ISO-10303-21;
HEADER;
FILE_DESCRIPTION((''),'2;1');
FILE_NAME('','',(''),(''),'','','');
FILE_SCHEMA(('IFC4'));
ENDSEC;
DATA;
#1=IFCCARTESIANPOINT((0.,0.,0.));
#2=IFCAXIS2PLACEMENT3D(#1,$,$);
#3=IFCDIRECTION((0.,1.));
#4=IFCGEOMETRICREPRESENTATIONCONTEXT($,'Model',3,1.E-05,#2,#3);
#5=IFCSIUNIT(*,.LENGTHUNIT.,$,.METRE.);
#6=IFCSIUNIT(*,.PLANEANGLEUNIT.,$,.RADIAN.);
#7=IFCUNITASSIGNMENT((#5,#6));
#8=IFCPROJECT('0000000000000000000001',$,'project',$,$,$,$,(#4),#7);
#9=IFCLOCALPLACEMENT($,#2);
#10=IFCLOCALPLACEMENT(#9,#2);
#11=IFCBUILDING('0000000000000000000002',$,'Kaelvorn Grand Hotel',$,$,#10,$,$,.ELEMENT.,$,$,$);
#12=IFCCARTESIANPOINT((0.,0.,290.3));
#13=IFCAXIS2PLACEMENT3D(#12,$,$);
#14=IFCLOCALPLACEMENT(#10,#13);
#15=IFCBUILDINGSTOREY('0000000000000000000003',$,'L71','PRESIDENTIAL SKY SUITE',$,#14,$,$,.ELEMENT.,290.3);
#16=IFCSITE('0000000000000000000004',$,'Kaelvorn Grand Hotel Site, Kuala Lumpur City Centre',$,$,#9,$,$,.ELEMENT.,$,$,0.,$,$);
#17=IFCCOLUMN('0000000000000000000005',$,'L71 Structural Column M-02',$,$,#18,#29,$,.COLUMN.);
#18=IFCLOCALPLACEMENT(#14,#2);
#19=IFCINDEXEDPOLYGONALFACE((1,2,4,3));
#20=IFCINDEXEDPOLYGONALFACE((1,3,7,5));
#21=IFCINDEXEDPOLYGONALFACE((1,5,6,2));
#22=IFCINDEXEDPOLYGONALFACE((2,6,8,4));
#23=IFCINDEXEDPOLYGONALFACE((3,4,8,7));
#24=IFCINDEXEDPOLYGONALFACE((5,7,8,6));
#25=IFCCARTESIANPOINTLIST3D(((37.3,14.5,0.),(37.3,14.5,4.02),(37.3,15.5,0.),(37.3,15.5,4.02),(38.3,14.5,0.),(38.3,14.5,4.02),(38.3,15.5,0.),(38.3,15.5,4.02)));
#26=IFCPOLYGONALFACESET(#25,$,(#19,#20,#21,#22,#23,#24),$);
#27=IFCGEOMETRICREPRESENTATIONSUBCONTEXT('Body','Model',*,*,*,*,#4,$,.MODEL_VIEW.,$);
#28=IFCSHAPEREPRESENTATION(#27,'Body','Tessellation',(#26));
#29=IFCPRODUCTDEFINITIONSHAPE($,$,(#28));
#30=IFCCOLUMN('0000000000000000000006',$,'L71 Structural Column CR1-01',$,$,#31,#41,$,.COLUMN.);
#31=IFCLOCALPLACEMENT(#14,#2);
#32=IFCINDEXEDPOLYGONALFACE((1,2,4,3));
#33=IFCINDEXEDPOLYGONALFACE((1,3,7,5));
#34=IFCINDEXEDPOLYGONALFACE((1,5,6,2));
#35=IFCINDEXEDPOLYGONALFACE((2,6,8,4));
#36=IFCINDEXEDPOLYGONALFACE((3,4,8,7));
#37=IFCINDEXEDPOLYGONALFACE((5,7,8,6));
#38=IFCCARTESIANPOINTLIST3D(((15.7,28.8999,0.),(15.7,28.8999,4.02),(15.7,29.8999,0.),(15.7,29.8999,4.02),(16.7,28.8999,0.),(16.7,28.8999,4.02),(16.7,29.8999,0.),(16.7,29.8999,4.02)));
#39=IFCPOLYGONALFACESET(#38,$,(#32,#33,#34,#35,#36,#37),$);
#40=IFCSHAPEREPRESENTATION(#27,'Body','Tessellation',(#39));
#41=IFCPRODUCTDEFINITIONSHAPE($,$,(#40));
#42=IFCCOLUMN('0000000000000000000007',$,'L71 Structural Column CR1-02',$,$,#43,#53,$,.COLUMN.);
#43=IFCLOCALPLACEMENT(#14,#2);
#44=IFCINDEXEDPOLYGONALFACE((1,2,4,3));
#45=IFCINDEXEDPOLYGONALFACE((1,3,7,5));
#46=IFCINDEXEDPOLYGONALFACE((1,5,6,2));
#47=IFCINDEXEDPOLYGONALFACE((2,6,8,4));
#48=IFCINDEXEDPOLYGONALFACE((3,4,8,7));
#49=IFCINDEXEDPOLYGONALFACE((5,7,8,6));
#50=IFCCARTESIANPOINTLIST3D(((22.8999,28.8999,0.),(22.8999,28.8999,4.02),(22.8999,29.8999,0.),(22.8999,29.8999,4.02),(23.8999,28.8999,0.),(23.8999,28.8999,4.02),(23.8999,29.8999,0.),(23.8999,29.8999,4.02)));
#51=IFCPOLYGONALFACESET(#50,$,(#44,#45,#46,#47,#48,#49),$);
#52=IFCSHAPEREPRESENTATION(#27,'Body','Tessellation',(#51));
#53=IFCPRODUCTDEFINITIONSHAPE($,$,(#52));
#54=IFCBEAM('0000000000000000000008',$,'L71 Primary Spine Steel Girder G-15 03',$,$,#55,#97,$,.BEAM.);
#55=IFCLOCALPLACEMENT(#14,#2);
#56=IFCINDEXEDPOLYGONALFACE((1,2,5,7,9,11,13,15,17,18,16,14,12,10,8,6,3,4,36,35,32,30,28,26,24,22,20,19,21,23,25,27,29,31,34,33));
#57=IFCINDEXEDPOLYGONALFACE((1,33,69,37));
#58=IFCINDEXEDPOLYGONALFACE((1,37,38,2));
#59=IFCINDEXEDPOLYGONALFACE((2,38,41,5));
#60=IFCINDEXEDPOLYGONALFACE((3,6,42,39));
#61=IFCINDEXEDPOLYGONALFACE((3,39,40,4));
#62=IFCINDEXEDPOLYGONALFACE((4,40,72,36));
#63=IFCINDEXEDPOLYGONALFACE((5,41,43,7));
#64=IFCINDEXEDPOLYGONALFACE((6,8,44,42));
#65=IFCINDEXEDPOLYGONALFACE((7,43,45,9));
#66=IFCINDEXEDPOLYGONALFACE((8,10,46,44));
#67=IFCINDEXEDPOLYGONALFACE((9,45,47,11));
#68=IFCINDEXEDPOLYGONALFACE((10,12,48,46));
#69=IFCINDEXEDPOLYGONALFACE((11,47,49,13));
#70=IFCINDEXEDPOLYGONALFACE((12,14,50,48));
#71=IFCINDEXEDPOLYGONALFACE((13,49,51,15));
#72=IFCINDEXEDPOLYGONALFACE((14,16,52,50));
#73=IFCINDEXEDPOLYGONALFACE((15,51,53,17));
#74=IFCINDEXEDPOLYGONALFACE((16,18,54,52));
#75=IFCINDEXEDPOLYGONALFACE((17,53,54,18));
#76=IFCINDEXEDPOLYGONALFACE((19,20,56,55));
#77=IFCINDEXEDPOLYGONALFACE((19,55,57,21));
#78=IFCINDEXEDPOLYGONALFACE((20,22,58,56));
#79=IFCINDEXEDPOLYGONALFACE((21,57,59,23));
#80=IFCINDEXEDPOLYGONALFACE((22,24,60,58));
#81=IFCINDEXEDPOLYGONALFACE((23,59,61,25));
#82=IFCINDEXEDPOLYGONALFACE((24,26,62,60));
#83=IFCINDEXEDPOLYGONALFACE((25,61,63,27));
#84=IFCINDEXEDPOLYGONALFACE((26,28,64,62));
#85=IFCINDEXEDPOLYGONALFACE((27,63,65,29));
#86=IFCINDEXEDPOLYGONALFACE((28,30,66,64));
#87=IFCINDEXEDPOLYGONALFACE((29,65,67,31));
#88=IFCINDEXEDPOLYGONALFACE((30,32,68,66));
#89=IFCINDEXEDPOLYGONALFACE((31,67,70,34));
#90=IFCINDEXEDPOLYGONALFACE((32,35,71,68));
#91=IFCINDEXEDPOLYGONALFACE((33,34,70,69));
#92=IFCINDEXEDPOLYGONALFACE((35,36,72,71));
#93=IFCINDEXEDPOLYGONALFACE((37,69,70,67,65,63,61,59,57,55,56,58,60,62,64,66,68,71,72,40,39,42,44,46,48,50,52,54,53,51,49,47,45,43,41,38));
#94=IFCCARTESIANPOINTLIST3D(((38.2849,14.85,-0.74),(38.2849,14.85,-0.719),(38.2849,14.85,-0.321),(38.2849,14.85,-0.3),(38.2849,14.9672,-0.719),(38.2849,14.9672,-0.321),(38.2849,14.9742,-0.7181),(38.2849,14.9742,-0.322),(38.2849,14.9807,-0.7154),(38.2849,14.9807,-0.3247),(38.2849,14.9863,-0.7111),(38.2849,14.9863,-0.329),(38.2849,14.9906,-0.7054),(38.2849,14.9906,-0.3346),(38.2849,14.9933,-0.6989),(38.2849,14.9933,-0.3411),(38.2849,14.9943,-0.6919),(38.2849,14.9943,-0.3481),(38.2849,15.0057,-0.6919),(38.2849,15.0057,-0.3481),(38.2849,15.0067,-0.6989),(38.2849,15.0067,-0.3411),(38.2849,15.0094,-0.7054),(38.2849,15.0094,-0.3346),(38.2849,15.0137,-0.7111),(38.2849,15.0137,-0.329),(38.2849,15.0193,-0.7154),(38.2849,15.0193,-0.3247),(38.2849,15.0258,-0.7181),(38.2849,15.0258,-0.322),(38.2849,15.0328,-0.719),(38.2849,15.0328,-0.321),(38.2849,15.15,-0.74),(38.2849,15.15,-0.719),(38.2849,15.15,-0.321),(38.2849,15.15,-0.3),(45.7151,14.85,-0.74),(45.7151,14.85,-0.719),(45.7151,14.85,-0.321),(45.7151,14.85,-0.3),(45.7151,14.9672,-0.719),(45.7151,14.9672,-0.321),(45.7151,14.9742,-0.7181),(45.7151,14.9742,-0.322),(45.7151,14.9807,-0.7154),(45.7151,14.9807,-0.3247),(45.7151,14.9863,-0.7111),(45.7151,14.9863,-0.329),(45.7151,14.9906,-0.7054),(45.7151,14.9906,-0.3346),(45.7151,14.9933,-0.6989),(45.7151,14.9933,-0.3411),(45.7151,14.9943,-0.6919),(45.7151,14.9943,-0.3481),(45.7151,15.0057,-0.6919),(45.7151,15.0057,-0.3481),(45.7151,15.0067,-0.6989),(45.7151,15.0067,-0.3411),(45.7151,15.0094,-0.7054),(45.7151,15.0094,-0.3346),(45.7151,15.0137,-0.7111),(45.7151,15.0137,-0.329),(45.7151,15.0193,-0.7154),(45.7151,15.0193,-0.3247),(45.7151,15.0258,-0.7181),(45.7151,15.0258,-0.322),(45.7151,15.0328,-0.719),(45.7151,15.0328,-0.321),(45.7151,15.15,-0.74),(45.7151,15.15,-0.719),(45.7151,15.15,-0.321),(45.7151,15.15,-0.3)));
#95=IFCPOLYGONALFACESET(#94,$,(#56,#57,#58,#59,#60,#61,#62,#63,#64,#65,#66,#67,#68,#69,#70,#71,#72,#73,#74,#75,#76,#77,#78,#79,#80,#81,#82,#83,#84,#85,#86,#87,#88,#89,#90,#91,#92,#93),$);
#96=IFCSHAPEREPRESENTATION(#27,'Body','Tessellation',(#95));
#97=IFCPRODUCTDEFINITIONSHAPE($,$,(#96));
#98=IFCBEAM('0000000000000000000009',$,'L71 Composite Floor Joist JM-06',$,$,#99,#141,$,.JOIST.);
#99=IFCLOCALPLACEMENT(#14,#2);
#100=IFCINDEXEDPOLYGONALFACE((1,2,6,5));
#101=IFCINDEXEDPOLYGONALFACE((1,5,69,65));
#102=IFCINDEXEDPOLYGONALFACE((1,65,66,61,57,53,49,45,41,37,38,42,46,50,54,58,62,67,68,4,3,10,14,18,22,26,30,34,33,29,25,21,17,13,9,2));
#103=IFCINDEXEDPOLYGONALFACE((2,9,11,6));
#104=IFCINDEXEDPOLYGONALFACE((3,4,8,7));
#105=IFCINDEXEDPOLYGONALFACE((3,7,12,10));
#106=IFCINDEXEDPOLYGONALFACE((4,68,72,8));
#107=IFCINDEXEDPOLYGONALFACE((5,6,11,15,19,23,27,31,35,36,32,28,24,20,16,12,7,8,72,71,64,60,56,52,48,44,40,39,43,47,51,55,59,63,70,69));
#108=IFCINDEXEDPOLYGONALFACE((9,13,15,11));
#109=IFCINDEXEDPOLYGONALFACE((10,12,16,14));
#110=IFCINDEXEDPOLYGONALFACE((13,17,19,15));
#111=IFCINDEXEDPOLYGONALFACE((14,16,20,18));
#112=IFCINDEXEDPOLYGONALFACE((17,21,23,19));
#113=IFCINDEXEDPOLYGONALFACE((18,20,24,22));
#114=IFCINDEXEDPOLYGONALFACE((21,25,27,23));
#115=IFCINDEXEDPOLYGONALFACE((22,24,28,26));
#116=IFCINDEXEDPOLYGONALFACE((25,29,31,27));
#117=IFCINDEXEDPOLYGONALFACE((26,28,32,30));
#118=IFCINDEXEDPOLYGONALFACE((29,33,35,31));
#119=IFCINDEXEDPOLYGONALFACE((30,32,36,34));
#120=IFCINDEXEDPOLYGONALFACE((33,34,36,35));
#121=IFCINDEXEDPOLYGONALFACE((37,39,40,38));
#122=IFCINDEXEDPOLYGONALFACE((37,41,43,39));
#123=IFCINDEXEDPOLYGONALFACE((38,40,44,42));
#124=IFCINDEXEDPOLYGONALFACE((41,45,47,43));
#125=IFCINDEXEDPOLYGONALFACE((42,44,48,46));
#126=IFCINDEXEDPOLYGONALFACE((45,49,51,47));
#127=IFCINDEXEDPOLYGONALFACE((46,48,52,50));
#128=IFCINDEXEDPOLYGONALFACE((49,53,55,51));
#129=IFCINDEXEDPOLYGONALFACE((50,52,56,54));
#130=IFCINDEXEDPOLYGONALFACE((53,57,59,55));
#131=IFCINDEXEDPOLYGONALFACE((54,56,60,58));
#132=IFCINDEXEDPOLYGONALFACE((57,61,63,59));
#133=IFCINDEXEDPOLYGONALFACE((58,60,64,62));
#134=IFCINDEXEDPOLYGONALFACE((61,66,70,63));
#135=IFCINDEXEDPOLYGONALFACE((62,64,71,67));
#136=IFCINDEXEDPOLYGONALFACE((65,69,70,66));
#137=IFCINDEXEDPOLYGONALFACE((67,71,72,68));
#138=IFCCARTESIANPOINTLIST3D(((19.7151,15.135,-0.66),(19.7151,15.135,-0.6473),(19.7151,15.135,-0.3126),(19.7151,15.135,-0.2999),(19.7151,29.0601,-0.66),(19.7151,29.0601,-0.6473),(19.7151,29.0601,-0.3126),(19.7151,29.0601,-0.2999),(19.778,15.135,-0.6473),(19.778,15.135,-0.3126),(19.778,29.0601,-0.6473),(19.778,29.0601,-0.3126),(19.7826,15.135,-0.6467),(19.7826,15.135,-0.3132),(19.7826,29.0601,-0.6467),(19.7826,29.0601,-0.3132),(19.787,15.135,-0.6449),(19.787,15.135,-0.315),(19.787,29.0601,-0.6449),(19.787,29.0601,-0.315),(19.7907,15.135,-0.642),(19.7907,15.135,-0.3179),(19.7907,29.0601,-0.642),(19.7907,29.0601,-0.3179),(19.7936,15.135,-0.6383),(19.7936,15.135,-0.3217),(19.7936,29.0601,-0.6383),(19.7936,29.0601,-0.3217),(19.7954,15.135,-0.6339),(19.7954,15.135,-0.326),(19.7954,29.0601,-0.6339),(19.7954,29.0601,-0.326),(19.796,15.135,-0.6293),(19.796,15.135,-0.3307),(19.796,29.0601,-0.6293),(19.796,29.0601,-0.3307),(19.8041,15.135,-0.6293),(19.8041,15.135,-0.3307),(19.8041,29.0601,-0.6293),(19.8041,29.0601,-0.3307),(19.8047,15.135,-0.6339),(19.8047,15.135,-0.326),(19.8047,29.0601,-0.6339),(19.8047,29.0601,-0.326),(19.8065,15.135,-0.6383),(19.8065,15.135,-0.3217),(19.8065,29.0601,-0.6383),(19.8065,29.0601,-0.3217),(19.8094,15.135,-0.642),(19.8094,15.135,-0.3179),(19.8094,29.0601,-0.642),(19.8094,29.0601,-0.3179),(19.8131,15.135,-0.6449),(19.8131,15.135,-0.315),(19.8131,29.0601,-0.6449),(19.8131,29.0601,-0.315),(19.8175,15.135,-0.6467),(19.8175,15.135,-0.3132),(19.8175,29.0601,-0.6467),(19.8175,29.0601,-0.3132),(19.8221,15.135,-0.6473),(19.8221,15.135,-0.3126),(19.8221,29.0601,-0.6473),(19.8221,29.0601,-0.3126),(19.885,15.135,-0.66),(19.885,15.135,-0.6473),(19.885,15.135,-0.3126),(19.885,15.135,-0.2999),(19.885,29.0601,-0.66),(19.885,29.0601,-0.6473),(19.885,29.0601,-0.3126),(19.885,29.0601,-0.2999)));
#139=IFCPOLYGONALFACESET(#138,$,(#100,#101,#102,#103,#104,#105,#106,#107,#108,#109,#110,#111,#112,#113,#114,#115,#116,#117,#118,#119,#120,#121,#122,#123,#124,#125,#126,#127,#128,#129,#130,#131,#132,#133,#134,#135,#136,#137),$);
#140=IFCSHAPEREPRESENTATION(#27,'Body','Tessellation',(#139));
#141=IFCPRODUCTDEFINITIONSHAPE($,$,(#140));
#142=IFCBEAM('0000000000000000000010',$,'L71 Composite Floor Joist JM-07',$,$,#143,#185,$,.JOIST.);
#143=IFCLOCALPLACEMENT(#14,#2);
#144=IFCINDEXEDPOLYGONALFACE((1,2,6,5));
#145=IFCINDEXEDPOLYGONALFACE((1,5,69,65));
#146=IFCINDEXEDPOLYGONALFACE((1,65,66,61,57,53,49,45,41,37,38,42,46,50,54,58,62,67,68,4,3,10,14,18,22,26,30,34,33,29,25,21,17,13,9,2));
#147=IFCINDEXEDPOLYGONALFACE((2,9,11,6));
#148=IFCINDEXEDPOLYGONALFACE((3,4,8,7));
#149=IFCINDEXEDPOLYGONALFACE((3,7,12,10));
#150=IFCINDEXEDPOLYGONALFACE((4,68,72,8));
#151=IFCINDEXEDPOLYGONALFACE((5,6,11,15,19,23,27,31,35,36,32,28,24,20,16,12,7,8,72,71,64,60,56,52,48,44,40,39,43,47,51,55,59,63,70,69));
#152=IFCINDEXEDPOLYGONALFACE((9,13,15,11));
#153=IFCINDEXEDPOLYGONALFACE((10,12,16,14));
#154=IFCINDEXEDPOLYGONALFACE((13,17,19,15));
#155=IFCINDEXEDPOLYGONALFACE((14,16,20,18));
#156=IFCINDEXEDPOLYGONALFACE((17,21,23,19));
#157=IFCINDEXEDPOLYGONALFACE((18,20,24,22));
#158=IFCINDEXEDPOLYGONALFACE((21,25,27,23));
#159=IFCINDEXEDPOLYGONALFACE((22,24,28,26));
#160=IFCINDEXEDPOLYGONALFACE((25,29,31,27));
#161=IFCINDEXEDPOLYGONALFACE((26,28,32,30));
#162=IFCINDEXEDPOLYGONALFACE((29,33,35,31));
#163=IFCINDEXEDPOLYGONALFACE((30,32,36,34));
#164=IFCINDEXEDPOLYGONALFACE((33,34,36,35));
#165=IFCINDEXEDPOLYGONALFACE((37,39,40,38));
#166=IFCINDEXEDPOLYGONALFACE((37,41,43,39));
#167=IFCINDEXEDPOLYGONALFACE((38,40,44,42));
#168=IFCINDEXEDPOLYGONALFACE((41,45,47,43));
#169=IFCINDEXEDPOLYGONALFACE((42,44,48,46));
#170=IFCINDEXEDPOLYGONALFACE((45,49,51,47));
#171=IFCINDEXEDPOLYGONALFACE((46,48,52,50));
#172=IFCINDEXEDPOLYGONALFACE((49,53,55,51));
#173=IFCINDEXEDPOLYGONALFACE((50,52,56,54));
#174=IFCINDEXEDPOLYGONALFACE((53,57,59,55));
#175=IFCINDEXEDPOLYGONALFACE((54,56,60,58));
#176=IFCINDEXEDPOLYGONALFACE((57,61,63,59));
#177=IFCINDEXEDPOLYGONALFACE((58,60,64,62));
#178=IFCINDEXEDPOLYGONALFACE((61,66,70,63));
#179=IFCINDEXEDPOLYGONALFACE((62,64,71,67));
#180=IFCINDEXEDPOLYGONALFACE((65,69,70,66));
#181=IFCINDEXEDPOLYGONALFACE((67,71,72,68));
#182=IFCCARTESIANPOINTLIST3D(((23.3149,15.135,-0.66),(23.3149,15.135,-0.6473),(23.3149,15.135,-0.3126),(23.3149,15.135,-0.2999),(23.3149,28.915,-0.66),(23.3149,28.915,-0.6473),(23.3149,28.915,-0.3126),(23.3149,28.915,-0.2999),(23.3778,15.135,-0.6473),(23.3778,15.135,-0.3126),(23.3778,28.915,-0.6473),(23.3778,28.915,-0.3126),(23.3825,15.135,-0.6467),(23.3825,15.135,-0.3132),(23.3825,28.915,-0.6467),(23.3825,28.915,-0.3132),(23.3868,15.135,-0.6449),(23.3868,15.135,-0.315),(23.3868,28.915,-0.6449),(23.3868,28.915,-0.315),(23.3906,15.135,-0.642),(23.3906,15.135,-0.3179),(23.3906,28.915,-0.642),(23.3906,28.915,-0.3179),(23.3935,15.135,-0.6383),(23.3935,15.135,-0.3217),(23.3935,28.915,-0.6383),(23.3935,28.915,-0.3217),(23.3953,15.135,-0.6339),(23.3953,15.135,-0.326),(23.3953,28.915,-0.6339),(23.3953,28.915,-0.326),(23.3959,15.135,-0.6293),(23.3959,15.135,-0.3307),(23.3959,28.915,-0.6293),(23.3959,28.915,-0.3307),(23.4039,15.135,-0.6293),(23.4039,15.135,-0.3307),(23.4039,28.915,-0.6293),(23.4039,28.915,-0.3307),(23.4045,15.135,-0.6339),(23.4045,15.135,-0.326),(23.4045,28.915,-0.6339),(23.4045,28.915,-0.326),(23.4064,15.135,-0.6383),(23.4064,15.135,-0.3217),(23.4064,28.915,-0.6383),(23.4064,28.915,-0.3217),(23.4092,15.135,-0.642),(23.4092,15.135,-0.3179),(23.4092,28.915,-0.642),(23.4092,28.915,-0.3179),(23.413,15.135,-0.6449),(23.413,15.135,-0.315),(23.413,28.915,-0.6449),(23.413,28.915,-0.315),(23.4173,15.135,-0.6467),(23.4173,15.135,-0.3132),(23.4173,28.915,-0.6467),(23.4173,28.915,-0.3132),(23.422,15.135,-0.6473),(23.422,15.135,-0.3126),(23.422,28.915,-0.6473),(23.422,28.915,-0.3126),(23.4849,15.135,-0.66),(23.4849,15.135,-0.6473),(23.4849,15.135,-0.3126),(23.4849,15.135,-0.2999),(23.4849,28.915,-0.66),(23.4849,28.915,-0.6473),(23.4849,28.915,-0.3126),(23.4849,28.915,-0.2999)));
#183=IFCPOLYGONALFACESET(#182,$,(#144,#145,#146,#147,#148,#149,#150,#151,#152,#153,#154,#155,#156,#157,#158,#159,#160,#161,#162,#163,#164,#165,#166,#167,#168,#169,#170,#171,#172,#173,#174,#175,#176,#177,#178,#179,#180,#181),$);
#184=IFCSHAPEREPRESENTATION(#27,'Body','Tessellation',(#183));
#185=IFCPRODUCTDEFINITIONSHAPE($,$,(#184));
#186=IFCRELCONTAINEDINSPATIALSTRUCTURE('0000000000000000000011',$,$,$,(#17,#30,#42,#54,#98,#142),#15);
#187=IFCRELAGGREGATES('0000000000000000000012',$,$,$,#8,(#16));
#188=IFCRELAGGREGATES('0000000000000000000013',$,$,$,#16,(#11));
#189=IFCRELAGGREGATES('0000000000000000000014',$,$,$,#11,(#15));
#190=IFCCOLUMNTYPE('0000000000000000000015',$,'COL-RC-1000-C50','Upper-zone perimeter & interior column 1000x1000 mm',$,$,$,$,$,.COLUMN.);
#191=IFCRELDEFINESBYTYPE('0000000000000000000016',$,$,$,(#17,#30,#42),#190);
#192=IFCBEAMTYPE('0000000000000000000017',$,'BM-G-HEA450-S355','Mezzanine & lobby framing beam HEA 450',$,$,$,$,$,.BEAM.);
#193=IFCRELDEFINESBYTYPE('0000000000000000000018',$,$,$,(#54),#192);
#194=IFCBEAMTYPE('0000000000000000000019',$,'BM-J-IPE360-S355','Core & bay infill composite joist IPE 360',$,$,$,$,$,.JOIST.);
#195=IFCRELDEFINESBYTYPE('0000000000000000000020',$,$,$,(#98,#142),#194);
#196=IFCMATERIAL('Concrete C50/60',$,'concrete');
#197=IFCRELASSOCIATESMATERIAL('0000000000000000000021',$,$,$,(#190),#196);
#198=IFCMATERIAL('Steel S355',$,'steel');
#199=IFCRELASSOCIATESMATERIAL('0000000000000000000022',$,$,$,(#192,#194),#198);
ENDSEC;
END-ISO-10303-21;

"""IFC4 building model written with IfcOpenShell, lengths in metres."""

from ifc_helpers import new_model, si_unit, direction, frame, origin, origin_2d, place, context, subcontext, project, spatial, rectangle, i_section, extrude, material, material_profile, profile_set, type_object, element, save


model = new_model("IFC4")

# Units and contexts
model_context = context("Model", 3, precision=1e-05, world=origin(), true_north=direction((0.0, 1.0)))
body_context = subcontext(model_context, "Body", "Model", "MODEL_VIEW")
ifc_project = project(units=[si_unit("LENGTHUNIT", "METRE"), si_unit("PLANEANGLEUNIT", "RADIAN")], contexts=[model_context])

# Site, building, storey
site_placement = place(None, origin())
site = spatial("IfcSite", under=ifc_project, at=site_placement, Name="Kaelvorn Grand Hotel Site, Kuala Lumpur City Centre", CompositionType="ELEMENT", RefElevation=0.0)
building_placement = place(site_placement, origin())
building = spatial("IfcBuilding", under=site, at=building_placement, Name="Kaelvorn Grand Hotel", CompositionType="ELEMENT")
storey_placement = place(building_placement, frame((0.0, 0.0, 290.3)))
storey = spatial("IfcBuildingStorey", under=building, at=storey_placement, Name="L71", Description="PRESIDENTIAL SKY SUITE", CompositionType="ELEMENT", Elevation=290.3)

# Columns
ifc_material_1 = material(Name="Concrete C50/60", Category="concrete")
ifc_material_profile_1 = material_profile(ifc_material_1, rectangle(XDim=1.0, YDim=1.0, at=origin_2d()), Name="RC COL 1000x1000")
ifc_profile_set_1 = profile_set([ifc_material_profile_1], Name="Concrete C50/60")
column_type = type_object("IfcColumnType", Name="COL-RC-1000-C50", Description="Upper-zone perimeter & interior column 1000x1000 mm", PredefinedType="COLUMN", material=ifc_profile_set_1)
for number, where, z_axis, x_axis, name in (
    (1, (37.8, 15.0, 0.0), (0.0, 0.0, 1.0), (1.0, 0.0, 0.0), "L71 Structural Column M-02"),
    (2, (16.2, 29.3999, 0.0), (0.0, 0.0, 1.0), (1.0, 0.0, 0.0), "L71 Structural Column CR1-01"),
    (3, (23.3999, 29.3999, 0.0), (0.0, 0.0, 1.0), (1.0, 0.0, 0.0), "L71 Structural Column CR1-02"),
):
    element("IfcColumn", number, at=place(storey_placement, frame(where, z_axis=z_axis, x_axis=x_axis)), inside=storey, type_object=column_type, Name=name, PredefinedType="COLUMN", context=body_context, shape_type="SweptSolid", body=[
        extrude(rectangle(XDim=1.0, YDim=1.0, at=origin_2d()), origin(), (0.0, 0.0, 1.0), 4.02),
    ])

# Beams
ifc_material_2 = material(Name="Steel S355", Category="steel")
ifc_material_profile_2 = material_profile(ifc_material_2, i_section(OverallWidth=0.3, OverallDepth=0.4399, WebThickness=0.0115, FlangeThickness=0.021, FilletRadius=0.0271, at=origin_2d()), Name="HEA 450")
ifc_profile_set_2 = profile_set([ifc_material_profile_2], Name="Steel S355")
beam_type_1 = type_object("IfcBeamType", Name="BM-G-HEA450-S355", Description="Mezzanine & lobby framing beam HEA 450", PredefinedType="BEAM", material=ifc_profile_set_2)
beam_1_placement = place(storey_placement, frame((38.2849, 15.0, -0.52), z_axis=(1.0, 0.0, 0.0), x_axis=(0.0, 1.0, 0.0)))
element("IfcBeam", 4, at=beam_1_placement, inside=storey, type_object=beam_type_1, Name="L71 Primary Spine Steel Girder G-15 03", PredefinedType="BEAM", context=body_context, shape_type="SweptSolid", body=[
    extrude(i_section(OverallWidth=0.3, OverallDepth=0.4399, WebThickness=0.0115, FlangeThickness=0.021, FilletRadius=0.0271, at=origin_2d()), origin(), (0.0, 0.0, 1.0), 7.4302),
])
ifc_material_profile_3 = material_profile(ifc_material_2, i_section(OverallWidth=0.1699, OverallDepth=0.3601, WebThickness=0.0081, FlangeThickness=0.0127, FilletRadius=0.0181, at=origin_2d()), Name="IPE 360")
ifc_profile_set_3 = profile_set([ifc_material_profile_3], Name="Steel S355")
beam_type_2 = type_object("IfcBeamType", Name="BM-J-IPE360-S355", Description="Core & bay infill composite joist IPE 360", PredefinedType="JOIST", material=ifc_profile_set_3)
beam_2_placement = place(storey_placement, frame((19.8, 15.135, -0.48), z_axis=(0.0, 1.0, 0.0), x_axis=(-1.0, 0.0, 0.0)))
element("IfcBeam", 5, at=beam_2_placement, inside=storey, type_object=beam_type_2, Name="L71 Composite Floor Joist JM-06", PredefinedType="JOIST", context=body_context, shape_type="SweptSolid", body=[
    extrude(i_section(OverallWidth=0.1699, OverallDepth=0.3601, WebThickness=0.0081, FlangeThickness=0.0127, FilletRadius=0.0181, at=origin_2d()), origin(), (0.0, 0.0, 1.0), 13.925),
])
beam_3_placement = place(storey_placement, frame((23.3999, 15.135, -0.48), z_axis=(0.0, 1.0, 0.0), x_axis=(-1.0, 0.0, 0.0)))
element("IfcBeam", 6, at=beam_3_placement, inside=storey, type_object=beam_type_2, Name="L71 Composite Floor Joist JM-07", PredefinedType="JOIST", context=body_context, shape_type="SweptSolid", body=[
    extrude(i_section(OverallWidth=0.1699, OverallDepth=0.3601, WebThickness=0.0081, FlangeThickness=0.0127, FilletRadius=0.0181, at=origin_2d()), origin(), (0.0, 0.0, 1.0), 13.78),
])

save(model, "model.ifc")
